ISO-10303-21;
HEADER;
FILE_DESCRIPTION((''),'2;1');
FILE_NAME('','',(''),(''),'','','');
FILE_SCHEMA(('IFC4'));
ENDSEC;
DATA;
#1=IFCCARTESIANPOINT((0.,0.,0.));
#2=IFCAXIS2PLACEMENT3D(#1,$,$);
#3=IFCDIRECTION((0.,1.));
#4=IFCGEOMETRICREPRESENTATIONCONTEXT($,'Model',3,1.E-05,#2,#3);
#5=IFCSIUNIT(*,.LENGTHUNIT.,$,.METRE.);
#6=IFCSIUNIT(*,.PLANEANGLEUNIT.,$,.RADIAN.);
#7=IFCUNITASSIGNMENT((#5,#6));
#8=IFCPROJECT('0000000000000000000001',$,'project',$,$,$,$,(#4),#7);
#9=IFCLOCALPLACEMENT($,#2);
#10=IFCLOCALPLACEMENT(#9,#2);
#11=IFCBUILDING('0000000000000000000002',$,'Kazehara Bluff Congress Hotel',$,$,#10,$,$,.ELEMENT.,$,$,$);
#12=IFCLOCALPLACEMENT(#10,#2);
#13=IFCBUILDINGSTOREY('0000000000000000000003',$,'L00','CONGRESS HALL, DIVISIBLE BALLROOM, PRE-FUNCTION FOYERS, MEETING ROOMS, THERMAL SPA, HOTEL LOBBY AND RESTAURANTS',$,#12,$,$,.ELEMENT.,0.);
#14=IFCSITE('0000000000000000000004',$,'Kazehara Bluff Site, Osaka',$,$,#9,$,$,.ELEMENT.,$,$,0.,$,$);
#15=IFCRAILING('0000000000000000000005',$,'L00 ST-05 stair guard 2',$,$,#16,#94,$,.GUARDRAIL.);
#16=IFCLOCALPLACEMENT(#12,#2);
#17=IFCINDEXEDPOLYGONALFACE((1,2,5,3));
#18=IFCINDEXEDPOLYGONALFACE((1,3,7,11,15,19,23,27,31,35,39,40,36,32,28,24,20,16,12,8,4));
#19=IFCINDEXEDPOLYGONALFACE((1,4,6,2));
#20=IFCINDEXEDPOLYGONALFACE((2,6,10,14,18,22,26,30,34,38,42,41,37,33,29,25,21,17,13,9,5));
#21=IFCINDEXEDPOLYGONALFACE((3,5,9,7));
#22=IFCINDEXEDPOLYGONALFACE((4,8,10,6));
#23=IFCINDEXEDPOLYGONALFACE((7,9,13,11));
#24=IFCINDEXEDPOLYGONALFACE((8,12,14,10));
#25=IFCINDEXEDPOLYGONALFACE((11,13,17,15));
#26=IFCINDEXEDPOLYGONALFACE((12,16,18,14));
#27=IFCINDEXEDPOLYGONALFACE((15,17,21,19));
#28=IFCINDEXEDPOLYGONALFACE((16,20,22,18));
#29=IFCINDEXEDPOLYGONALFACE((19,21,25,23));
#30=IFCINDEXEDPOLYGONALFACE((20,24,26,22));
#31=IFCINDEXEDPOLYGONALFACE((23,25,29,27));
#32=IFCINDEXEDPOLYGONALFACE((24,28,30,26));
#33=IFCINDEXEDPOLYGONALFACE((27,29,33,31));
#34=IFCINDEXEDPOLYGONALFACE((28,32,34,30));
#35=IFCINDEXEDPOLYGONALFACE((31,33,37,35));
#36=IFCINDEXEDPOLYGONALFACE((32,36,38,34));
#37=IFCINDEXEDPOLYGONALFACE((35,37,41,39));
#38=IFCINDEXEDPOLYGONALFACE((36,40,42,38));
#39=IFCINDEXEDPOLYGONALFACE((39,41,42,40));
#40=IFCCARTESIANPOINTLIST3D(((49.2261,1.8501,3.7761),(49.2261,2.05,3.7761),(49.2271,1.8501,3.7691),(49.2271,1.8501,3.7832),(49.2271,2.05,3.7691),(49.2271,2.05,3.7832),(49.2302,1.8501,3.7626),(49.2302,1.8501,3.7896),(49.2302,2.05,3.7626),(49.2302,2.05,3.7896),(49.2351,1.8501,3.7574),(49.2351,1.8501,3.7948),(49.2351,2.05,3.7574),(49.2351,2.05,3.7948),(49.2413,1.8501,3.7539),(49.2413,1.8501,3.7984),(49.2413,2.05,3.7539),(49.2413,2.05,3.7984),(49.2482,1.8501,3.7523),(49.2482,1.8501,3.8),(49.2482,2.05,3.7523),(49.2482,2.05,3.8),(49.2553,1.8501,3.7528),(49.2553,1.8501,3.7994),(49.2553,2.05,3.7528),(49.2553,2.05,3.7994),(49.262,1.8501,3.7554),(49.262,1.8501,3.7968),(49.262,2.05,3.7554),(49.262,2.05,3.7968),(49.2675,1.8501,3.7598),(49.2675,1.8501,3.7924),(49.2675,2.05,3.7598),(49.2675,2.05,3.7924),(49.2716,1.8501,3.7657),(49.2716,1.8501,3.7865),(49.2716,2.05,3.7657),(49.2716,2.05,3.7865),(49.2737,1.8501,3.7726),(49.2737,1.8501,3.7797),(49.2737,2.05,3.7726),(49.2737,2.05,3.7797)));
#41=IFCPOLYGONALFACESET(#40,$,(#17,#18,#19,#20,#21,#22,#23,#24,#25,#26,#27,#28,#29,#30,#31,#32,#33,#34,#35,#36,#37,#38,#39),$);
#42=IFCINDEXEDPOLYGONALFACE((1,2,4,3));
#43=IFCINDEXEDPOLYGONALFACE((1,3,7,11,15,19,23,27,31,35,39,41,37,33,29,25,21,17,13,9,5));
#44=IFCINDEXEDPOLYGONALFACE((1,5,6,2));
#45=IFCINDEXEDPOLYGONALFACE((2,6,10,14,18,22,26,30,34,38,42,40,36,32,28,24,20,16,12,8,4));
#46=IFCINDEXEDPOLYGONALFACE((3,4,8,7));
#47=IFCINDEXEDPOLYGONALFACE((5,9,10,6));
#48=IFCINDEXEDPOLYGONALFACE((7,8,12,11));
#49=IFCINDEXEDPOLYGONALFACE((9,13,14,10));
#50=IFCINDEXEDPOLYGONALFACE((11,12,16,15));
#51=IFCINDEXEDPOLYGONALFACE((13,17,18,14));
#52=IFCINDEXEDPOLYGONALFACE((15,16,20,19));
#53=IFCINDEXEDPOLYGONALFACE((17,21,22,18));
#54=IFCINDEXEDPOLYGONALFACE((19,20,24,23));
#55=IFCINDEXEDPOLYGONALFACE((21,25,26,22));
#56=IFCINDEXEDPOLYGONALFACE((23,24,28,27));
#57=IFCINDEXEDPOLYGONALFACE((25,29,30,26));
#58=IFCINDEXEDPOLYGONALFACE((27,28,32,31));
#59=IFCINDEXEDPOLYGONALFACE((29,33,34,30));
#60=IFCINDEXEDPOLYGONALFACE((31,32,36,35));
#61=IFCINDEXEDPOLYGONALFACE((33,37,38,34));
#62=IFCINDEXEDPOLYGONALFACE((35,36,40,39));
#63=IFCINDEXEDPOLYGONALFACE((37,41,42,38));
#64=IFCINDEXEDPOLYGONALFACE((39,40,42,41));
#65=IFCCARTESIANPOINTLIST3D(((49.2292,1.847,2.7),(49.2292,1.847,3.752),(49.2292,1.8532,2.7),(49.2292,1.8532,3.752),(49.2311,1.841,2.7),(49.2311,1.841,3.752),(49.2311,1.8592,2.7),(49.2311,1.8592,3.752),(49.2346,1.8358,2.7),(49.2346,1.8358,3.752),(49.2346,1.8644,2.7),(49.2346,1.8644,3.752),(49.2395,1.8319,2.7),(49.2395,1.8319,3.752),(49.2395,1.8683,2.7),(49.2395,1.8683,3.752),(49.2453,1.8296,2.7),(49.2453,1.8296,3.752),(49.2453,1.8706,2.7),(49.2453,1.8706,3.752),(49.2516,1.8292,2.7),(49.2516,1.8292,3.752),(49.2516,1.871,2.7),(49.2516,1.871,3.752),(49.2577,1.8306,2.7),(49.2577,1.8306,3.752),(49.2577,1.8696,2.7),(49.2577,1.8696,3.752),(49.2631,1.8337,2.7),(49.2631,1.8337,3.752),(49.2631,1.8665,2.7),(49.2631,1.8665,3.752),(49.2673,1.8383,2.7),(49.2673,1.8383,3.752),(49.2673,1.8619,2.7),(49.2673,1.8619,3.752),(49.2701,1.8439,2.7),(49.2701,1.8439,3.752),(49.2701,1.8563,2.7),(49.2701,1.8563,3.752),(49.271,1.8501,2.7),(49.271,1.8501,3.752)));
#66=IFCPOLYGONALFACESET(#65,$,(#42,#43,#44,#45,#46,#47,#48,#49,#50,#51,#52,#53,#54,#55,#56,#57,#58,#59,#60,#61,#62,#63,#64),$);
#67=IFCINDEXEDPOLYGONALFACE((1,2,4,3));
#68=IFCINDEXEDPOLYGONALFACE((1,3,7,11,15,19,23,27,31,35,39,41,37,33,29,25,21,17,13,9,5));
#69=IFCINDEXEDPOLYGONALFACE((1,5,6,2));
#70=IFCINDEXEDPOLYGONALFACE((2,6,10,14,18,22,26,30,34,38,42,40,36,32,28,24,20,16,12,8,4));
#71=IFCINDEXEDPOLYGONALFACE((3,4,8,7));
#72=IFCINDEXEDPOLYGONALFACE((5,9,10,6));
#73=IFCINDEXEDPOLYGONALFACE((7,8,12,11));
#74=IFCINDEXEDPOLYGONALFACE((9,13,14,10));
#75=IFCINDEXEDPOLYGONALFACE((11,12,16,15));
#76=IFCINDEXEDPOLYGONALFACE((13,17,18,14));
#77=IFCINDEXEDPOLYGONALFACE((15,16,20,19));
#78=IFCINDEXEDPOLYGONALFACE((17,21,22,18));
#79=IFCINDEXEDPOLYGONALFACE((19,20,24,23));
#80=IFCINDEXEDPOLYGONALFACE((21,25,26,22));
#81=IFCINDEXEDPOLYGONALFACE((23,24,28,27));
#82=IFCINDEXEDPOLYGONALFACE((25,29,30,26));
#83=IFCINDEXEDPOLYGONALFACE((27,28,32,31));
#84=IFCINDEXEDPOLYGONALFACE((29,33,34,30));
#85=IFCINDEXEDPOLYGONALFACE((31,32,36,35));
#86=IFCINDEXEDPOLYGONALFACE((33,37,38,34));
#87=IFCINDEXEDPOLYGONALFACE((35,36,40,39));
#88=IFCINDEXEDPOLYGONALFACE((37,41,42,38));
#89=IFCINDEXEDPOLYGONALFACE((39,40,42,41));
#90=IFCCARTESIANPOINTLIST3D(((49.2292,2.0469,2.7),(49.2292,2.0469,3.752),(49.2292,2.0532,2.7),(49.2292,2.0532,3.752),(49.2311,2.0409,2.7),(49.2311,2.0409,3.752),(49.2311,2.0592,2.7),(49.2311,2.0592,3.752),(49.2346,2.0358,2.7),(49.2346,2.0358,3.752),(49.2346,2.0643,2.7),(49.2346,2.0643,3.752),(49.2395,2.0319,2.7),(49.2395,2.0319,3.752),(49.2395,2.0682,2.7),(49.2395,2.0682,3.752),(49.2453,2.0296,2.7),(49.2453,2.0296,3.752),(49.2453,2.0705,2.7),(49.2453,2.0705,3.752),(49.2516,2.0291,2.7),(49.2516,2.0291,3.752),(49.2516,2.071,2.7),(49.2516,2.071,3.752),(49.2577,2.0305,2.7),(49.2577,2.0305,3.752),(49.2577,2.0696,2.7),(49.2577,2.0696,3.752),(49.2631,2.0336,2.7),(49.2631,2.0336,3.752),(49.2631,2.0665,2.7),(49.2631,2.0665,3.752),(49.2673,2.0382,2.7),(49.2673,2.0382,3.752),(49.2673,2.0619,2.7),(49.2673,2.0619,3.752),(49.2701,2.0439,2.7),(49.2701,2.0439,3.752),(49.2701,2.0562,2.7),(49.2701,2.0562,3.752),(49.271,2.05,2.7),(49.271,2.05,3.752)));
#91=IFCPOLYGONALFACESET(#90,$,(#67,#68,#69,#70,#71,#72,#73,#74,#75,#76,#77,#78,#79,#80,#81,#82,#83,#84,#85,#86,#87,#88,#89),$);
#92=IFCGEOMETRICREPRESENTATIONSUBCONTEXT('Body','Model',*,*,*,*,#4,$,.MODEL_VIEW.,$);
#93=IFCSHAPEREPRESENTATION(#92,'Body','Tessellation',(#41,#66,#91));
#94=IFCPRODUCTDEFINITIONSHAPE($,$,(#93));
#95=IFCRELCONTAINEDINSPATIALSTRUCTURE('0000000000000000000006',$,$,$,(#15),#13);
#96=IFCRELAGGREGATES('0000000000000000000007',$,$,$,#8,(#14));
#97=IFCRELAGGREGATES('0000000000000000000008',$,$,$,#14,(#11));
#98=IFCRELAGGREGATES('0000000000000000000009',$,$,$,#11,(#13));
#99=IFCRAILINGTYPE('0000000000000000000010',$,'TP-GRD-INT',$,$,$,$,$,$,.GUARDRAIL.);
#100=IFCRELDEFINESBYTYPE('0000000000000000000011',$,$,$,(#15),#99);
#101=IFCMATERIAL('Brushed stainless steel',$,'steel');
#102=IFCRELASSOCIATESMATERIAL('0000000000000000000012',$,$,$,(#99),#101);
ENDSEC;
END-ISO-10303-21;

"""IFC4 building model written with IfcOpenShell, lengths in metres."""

from ifc_helpers import new_model, si_unit, direction, frame, origin, origin_2d, place, context, subcontext, project, spatial, circle, extrude, material, type_object, element, save


model = new_model("IFC4")

# Units and contexts
model_context = context("Model", 3, precision=1e-05, world=origin(), true_north=direction((0.0, 1.0)))
body_context = subcontext(model_context, "Body", "Model", "MODEL_VIEW")
ifc_project = project(units=[si_unit("LENGTHUNIT", "METRE"), si_unit("PLANEANGLEUNIT", "RADIAN")], contexts=[model_context])

# Site, building, storey
site_placement = place(None, origin())
site = spatial("IfcSite", under=ifc_project, at=site_placement, Name="Kazehara Bluff Site, Osaka", CompositionType="ELEMENT", RefElevation=0.0)
building_placement = place(site_placement, origin())
building = spatial("IfcBuilding", under=site, at=building_placement, Name="Kazehara Bluff Congress Hotel", CompositionType="ELEMENT")
storey_placement = place(building_placement, origin())
storey = spatial("IfcBuildingStorey", under=building, at=storey_placement, Name="L00", Description="CONGRESS HALL, DIVISIBLE BALLROOM, PRE-FUNCTION FOYERS, MEETING ROOMS, THERMAL SPA, HOTEL LOBBY AND RESTAURANTS", CompositionType="ELEMENT", Elevation=0.0)

# Railing
ifc_material_1 = material(Name="Brushed stainless steel", Category="steel")
railing_type_1 = type_object("IfcRailingType", Name="TP-GRD-INT", PredefinedType="GUARDRAIL", material=ifc_material_1)
railing_1_placement = place(storey_placement, frame((49.25, 1.8501, 2.7)))
element("IfcRailing", 1, at=railing_1_placement, inside=storey, type_object=railing_type_1, Name="L00 ST-05 stair guard 2", PredefinedType="GUARDRAIL", context=body_context, shape_type="SweptSolid", body=[
    extrude(circle(Radius=0.0239, at=origin_2d()), frame((0.0, 0.0, 1.0762), z_axis=(0.0, 1.0, 0.0), x_axis=(-1.0, 0.0, 0.0)), (0.0, 0.0, 1.0), 0.2),
    extrude(circle(Radius=0.021, at=origin_2d()), origin(), (0.0, 0.0, 1.0), 1.052),
    extrude(circle(Radius=0.021, at=origin_2d()), frame((0.0, 0.2, 0.0)), (0.0, 0.0, 1.0), 1.052),
])

save(model, "model.ifc")
